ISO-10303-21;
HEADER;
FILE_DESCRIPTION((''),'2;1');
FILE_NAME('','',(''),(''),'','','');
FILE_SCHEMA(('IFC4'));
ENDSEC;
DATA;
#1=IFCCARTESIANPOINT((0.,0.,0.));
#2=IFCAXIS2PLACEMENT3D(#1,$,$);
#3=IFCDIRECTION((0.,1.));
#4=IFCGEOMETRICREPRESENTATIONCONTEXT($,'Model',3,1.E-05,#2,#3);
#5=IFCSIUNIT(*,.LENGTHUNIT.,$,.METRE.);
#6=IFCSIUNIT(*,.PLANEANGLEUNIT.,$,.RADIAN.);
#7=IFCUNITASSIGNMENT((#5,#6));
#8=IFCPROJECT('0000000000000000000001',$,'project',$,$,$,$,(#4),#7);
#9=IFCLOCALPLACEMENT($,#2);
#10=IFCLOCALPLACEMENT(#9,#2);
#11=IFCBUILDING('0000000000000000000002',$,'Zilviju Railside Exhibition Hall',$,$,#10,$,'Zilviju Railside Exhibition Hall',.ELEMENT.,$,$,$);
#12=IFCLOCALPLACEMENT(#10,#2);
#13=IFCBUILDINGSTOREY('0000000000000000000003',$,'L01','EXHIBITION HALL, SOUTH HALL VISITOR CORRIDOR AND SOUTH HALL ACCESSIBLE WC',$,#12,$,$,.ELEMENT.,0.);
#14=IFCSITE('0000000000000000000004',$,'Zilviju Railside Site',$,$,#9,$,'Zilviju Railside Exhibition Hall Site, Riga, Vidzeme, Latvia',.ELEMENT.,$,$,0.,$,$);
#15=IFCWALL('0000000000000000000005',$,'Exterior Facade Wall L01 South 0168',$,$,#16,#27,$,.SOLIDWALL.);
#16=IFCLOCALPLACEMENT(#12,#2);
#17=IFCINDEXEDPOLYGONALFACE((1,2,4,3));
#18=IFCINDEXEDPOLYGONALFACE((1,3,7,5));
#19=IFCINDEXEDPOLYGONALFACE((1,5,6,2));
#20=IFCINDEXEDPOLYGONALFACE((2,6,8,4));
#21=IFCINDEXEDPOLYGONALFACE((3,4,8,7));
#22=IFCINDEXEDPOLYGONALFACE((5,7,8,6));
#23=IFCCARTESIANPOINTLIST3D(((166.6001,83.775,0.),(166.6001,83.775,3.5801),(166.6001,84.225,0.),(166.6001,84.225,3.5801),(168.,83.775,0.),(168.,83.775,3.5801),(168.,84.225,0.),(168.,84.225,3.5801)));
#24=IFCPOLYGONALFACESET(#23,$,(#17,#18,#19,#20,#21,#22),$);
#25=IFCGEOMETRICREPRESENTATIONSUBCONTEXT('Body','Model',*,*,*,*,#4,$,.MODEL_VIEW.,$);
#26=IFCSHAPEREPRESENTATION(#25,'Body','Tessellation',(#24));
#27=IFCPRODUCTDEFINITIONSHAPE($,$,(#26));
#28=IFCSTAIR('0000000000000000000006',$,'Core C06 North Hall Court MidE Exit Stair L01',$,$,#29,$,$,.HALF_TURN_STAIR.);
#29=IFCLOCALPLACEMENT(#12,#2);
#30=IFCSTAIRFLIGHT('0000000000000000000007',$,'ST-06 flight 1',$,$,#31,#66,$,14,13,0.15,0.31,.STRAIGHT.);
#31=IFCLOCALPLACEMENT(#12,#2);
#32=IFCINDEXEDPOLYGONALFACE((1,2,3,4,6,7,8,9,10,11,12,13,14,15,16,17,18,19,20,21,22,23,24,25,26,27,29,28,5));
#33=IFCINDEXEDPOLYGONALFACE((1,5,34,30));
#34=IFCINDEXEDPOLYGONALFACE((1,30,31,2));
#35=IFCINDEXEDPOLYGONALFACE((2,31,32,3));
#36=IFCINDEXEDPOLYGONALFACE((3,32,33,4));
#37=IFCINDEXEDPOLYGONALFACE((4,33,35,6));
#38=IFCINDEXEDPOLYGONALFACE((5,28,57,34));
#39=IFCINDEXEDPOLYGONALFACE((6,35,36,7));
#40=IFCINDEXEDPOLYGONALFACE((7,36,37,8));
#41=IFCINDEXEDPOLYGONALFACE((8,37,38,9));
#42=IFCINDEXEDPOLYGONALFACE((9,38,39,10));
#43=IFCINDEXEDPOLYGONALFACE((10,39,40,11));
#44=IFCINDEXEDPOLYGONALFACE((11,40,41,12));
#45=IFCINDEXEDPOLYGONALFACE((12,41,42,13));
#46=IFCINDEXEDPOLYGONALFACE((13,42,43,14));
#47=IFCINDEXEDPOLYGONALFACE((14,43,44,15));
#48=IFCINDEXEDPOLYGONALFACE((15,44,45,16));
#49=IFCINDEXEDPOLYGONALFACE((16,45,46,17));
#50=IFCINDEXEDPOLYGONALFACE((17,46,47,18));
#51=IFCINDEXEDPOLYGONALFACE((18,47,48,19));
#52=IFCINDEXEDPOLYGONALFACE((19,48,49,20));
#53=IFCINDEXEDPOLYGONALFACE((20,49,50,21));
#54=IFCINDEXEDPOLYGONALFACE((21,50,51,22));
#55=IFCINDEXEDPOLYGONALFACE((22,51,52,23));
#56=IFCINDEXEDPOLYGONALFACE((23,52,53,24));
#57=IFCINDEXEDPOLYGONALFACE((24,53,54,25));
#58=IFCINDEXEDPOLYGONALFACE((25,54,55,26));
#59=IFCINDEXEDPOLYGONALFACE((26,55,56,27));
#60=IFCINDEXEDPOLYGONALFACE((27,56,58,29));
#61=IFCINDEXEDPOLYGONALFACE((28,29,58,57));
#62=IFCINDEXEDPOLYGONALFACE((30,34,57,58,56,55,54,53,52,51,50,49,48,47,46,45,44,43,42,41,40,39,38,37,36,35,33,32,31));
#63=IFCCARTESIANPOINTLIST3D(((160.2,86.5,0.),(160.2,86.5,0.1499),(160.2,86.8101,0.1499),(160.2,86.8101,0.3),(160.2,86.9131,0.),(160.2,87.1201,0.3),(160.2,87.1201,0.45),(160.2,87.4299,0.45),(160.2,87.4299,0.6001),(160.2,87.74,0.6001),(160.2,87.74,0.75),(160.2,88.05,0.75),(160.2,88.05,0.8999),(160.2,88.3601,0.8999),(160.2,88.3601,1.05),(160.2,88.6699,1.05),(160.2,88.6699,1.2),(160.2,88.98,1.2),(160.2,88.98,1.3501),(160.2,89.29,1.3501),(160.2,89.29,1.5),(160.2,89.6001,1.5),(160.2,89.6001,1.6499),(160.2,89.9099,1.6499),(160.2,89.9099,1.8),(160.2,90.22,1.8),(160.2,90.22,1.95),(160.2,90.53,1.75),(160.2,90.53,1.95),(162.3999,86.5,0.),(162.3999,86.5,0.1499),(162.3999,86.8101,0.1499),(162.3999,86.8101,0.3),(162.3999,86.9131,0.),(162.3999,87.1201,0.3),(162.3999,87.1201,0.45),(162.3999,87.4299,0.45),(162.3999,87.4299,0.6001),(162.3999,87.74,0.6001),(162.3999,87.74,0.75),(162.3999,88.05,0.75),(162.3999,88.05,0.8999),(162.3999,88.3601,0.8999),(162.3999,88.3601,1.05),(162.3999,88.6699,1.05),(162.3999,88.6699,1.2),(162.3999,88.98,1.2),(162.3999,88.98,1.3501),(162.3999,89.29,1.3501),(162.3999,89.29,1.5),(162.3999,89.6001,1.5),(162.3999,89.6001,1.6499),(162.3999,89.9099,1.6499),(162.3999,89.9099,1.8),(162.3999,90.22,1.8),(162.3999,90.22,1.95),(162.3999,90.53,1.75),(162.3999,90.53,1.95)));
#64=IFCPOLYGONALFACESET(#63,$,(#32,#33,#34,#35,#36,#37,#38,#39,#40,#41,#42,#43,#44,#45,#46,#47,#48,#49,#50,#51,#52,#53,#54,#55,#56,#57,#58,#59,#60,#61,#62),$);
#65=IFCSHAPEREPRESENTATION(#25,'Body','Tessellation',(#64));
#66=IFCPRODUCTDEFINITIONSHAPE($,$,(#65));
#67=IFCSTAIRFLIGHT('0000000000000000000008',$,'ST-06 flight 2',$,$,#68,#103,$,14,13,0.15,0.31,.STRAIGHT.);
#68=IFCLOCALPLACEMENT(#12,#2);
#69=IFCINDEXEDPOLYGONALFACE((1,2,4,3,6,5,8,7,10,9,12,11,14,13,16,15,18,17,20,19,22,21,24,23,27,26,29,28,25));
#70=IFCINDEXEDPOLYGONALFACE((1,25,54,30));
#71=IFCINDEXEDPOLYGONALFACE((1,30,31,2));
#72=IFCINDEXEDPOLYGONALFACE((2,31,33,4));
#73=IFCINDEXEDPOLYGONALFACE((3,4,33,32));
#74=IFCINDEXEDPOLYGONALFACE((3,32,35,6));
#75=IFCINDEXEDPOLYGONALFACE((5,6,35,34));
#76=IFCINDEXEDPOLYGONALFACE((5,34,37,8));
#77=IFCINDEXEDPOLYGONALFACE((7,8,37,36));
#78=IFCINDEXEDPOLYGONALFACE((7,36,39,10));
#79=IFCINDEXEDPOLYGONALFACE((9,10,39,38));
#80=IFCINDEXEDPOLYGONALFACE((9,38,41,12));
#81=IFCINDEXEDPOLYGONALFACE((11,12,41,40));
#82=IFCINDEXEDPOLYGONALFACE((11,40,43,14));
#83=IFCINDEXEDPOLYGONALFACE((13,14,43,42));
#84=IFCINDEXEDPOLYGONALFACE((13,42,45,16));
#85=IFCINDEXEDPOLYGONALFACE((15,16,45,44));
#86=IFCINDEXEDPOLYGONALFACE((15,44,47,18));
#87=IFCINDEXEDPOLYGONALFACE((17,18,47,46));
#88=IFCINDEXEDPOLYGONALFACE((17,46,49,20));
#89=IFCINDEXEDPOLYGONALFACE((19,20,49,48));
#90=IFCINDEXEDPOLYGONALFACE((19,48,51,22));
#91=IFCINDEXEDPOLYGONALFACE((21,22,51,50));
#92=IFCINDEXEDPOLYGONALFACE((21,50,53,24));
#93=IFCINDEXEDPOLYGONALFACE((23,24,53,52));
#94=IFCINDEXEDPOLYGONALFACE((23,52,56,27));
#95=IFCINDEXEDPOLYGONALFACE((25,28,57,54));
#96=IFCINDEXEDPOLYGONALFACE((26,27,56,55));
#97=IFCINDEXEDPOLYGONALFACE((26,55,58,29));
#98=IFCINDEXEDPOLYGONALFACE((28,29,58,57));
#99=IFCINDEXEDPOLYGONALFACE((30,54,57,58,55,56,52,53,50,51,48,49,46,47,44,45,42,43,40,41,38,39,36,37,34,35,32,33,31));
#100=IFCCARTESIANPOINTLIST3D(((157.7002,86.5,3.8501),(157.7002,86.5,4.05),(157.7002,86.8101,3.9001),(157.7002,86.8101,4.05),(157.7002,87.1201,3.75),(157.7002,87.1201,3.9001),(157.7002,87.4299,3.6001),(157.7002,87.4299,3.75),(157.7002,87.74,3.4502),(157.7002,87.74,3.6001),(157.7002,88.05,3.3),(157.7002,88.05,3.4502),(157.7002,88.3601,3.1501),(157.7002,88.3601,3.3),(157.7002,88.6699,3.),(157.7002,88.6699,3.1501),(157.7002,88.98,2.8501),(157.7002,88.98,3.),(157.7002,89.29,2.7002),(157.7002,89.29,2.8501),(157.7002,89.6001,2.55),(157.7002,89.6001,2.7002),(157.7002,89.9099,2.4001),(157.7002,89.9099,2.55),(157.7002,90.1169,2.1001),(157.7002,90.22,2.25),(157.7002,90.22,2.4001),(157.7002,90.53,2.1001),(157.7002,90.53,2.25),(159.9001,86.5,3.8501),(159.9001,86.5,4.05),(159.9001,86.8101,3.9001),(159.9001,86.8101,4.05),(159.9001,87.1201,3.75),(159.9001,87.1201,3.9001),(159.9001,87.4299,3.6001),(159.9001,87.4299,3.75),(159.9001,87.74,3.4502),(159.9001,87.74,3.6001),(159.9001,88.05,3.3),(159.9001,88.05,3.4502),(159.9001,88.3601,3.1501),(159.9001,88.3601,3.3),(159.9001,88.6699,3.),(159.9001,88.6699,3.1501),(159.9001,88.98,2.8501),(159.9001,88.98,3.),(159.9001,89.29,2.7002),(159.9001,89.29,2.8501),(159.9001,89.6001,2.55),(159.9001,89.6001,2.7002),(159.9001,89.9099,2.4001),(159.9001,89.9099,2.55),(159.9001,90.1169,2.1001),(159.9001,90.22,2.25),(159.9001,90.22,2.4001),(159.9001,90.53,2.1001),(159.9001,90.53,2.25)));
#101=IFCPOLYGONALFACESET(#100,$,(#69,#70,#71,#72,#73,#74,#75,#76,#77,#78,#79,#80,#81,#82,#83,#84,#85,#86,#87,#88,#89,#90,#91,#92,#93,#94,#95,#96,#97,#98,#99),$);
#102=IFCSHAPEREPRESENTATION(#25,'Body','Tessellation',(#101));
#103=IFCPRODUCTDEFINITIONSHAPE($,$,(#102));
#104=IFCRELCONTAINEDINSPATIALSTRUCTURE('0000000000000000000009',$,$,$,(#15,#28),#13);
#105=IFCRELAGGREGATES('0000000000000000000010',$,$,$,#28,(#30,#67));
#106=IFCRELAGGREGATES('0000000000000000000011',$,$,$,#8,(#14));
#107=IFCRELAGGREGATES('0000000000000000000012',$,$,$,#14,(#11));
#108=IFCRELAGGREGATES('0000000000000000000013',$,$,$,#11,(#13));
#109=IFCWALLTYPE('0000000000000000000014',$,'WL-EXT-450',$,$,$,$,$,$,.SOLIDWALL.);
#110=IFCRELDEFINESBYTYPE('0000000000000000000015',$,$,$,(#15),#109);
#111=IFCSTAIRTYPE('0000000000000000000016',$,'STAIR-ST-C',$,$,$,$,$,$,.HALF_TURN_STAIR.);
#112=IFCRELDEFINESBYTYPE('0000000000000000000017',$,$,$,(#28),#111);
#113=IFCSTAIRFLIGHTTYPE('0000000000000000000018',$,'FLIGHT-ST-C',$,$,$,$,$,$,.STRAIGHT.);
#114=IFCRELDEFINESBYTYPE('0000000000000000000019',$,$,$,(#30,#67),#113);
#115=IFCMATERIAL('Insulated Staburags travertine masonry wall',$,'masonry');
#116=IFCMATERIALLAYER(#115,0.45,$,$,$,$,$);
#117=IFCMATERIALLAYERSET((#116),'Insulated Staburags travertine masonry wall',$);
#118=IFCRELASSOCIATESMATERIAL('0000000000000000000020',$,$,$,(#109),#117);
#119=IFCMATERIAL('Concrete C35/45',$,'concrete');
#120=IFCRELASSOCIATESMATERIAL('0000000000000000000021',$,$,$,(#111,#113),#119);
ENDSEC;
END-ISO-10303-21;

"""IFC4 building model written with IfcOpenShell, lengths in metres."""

from ifc_helpers import new_model, si_unit, direction, frame, frame_2d, origin, place, context, subcontext, project, spatial, polyline, rectangle, outline, extrude, material, layer, layer_set, type_object, element, aggregate, save


model = new_model("IFC4")

# Units and contexts
model_context = context("Model", 3, precision=1e-05, world=origin(), true_north=direction((0.0, 1.0)))
body_context = subcontext(model_context, "Body", "Model", "MODEL_VIEW")
ifc_project = project(units=[si_unit("LENGTHUNIT", "METRE"), si_unit("PLANEANGLEUNIT", "RADIAN")], contexts=[model_context])

# Site, building, storey
site_placement = place(None, origin())
site = spatial("IfcSite", under=ifc_project, at=site_placement, Name="Zilviju Railside Site", LongName="Zilviju Railside Exhibition Hall Site, Riga, Vidzeme, Latvia", CompositionType="ELEMENT", RefElevation=0.0)
building_placement = place(site_placement, origin())
building = spatial("IfcBuilding", under=site, at=building_placement, Name="Zilviju Railside Exhibition Hall", LongName="Zilviju Railside Exhibition Hall", CompositionType="ELEMENT")
storey_placement = place(building_placement, origin())
storey = spatial("IfcBuildingStorey", under=building, at=storey_placement, Name="L01", Description="EXHIBITION HALL, SOUTH HALL VISITOR CORRIDOR AND SOUTH HALL ACCESSIBLE WC", CompositionType="ELEMENT", Elevation=0.0)

# Shared definitions
ifc_material_1 = material(Name="Concrete C35/45", Category="concrete")

# Wall
ifc_material_2 = material(Name="Insulated Staburags travertine masonry wall", Category="masonry")
ifc_layer_1 = layer(ifc_material_2, 0.45)
ifc_layer_set_1 = layer_set([ifc_layer_1], Name="Insulated Staburags travertine masonry wall")
wall_type_1 = type_object("IfcWallType", Name="WL-EXT-450", PredefinedType="SOLIDWALL", material=ifc_layer_set_1)
wall_1_placement = place(storey_placement, frame((168.0, 84.0, 0.0), z_axis=(0.0, 0.0, 1.0), x_axis=(-1.0, 0.0, 0.0)))
element("IfcWall", 1, at=wall_1_placement, inside=storey, type_object=wall_type_1, Name="Exterior Facade Wall L01 South 0168", PredefinedType="SOLIDWALL", context=body_context, shape_type="SweptSolid", body=[
    extrude(rectangle(XDim=1.3999, YDim=0.45, at=frame_2d((0.7, 0.0))), origin(), (0.0, 0.0, 1.0), 3.5801),
])

# Stair, stair flights
stair_type = type_object("IfcStairType", Name="STAIR-ST-C", PredefinedType="HALF_TURN_STAIR", material=ifc_material_1)
stair_placement = place(storey_placement, origin())
stair = element("IfcStair", 2, at=stair_placement, inside=storey, type_object=stair_type, Name="Core C06 North Hall Court MidE Exit Stair L01", PredefinedType="HALF_TURN_STAIR")
stair_flight_type = type_object("IfcStairFlightType", Name="FLIGHT-ST-C", PredefinedType="STRAIGHT", material=ifc_material_1)
stair_flight_1_placement = place(storey_placement, frame((161.3, 86.5, 0.0), z_axis=(0.0, 0.0, 1.0), x_axis=(0.0, 1.0, 0.0)))
stair_flight_1 = element("IfcStairFlight", 3, at=stair_flight_1_placement, type_object=stair_flight_type, Name="ST-06 flight 1", NumberOfRisers=14, NumberOfTreads=13, PredefinedType="STRAIGHT", RiserHeight=0.15, TreadLength=0.31, context=body_context, shape_type="SweptSolid", body=[
    extrude(outline(polyline([(0.0, 0.0), (0.0, 0.1499), (0.3101, 0.1499), (0.3101, 0.3), (0.6201, 0.3), (0.6201, 0.45), (0.9299, 0.45), (0.9299, 0.6001), (1.24, 0.6001), (1.24, 0.75), (1.55, 0.75), (1.55, 0.8999), (1.8601, 0.8999), (1.8601, 1.05), (2.1699, 1.05), (2.1699, 1.2), (2.48, 1.2), (2.48, 1.3501), (2.79, 1.3501), (2.79, 1.5), (3.1001, 1.5), (3.1001, 1.6499), (3.4099, 1.6499), (3.4099, 1.8), (3.72, 1.8), (3.72, 1.95), (4.03, 1.95), (4.03, 2.1001), (4.03, 1.75), (0.4131, 0.0), (0.0, 0.0)])), frame((0.0, 1.1001, 0.0), z_axis=(0.0, -1.0, 0.0), x_axis=(1.0, 0.0, 0.0)), (0.0, 0.0, 1.0), 2.2),
])
stair_flight_2_placement = place(storey_placement, frame((158.8, 90.53, 2.1001), z_axis=(0.0, 0.0, 1.0), x_axis=(0.0, -1.0, 0.0)))
stair_flight_2 = element("IfcStairFlight", 4, at=stair_flight_2_placement, type_object=stair_flight_type, Name="ST-06 flight 2", NumberOfRisers=14, NumberOfTreads=13, PredefinedType="STRAIGHT", RiserHeight=0.15, TreadLength=0.31, context=body_context, shape_type="SweptSolid", body=[
    extrude(outline(polyline([(0.0, 0.0), (0.0, 0.1499), (0.3101, 0.1499), (0.3101, 0.3), (0.6201, 0.3), (0.6201, 0.45), (0.9299, 0.45), (0.9299, 0.6001), (1.24, 0.6001), (1.24, 0.75), (1.55, 0.75), (1.55, 0.8999), (1.8601, 0.8999), (1.8601, 1.05), (2.1699, 1.05), (2.1699, 1.2), (2.48, 1.2), (2.48, 1.3501), (2.79, 1.3501), (2.79, 1.5), (3.1001, 1.5), (3.1001, 1.6499), (3.4099, 1.6499), (3.4099, 1.8), (3.72, 1.8), (3.72, 1.95), (4.03, 1.95), (4.03, 2.1001), (4.03, 1.75), (0.4131, 0.0), (0.0, 0.0)])), frame((0.0, 1.1001, 0.0), z_axis=(0.0, -1.0, 0.0), x_axis=(1.0, 0.0, 0.0)), (0.0, 0.0, 1.0), 2.2),
])
aggregate(stair, [stair_flight_1, stair_flight_2])

save(model, "model.ifc")
